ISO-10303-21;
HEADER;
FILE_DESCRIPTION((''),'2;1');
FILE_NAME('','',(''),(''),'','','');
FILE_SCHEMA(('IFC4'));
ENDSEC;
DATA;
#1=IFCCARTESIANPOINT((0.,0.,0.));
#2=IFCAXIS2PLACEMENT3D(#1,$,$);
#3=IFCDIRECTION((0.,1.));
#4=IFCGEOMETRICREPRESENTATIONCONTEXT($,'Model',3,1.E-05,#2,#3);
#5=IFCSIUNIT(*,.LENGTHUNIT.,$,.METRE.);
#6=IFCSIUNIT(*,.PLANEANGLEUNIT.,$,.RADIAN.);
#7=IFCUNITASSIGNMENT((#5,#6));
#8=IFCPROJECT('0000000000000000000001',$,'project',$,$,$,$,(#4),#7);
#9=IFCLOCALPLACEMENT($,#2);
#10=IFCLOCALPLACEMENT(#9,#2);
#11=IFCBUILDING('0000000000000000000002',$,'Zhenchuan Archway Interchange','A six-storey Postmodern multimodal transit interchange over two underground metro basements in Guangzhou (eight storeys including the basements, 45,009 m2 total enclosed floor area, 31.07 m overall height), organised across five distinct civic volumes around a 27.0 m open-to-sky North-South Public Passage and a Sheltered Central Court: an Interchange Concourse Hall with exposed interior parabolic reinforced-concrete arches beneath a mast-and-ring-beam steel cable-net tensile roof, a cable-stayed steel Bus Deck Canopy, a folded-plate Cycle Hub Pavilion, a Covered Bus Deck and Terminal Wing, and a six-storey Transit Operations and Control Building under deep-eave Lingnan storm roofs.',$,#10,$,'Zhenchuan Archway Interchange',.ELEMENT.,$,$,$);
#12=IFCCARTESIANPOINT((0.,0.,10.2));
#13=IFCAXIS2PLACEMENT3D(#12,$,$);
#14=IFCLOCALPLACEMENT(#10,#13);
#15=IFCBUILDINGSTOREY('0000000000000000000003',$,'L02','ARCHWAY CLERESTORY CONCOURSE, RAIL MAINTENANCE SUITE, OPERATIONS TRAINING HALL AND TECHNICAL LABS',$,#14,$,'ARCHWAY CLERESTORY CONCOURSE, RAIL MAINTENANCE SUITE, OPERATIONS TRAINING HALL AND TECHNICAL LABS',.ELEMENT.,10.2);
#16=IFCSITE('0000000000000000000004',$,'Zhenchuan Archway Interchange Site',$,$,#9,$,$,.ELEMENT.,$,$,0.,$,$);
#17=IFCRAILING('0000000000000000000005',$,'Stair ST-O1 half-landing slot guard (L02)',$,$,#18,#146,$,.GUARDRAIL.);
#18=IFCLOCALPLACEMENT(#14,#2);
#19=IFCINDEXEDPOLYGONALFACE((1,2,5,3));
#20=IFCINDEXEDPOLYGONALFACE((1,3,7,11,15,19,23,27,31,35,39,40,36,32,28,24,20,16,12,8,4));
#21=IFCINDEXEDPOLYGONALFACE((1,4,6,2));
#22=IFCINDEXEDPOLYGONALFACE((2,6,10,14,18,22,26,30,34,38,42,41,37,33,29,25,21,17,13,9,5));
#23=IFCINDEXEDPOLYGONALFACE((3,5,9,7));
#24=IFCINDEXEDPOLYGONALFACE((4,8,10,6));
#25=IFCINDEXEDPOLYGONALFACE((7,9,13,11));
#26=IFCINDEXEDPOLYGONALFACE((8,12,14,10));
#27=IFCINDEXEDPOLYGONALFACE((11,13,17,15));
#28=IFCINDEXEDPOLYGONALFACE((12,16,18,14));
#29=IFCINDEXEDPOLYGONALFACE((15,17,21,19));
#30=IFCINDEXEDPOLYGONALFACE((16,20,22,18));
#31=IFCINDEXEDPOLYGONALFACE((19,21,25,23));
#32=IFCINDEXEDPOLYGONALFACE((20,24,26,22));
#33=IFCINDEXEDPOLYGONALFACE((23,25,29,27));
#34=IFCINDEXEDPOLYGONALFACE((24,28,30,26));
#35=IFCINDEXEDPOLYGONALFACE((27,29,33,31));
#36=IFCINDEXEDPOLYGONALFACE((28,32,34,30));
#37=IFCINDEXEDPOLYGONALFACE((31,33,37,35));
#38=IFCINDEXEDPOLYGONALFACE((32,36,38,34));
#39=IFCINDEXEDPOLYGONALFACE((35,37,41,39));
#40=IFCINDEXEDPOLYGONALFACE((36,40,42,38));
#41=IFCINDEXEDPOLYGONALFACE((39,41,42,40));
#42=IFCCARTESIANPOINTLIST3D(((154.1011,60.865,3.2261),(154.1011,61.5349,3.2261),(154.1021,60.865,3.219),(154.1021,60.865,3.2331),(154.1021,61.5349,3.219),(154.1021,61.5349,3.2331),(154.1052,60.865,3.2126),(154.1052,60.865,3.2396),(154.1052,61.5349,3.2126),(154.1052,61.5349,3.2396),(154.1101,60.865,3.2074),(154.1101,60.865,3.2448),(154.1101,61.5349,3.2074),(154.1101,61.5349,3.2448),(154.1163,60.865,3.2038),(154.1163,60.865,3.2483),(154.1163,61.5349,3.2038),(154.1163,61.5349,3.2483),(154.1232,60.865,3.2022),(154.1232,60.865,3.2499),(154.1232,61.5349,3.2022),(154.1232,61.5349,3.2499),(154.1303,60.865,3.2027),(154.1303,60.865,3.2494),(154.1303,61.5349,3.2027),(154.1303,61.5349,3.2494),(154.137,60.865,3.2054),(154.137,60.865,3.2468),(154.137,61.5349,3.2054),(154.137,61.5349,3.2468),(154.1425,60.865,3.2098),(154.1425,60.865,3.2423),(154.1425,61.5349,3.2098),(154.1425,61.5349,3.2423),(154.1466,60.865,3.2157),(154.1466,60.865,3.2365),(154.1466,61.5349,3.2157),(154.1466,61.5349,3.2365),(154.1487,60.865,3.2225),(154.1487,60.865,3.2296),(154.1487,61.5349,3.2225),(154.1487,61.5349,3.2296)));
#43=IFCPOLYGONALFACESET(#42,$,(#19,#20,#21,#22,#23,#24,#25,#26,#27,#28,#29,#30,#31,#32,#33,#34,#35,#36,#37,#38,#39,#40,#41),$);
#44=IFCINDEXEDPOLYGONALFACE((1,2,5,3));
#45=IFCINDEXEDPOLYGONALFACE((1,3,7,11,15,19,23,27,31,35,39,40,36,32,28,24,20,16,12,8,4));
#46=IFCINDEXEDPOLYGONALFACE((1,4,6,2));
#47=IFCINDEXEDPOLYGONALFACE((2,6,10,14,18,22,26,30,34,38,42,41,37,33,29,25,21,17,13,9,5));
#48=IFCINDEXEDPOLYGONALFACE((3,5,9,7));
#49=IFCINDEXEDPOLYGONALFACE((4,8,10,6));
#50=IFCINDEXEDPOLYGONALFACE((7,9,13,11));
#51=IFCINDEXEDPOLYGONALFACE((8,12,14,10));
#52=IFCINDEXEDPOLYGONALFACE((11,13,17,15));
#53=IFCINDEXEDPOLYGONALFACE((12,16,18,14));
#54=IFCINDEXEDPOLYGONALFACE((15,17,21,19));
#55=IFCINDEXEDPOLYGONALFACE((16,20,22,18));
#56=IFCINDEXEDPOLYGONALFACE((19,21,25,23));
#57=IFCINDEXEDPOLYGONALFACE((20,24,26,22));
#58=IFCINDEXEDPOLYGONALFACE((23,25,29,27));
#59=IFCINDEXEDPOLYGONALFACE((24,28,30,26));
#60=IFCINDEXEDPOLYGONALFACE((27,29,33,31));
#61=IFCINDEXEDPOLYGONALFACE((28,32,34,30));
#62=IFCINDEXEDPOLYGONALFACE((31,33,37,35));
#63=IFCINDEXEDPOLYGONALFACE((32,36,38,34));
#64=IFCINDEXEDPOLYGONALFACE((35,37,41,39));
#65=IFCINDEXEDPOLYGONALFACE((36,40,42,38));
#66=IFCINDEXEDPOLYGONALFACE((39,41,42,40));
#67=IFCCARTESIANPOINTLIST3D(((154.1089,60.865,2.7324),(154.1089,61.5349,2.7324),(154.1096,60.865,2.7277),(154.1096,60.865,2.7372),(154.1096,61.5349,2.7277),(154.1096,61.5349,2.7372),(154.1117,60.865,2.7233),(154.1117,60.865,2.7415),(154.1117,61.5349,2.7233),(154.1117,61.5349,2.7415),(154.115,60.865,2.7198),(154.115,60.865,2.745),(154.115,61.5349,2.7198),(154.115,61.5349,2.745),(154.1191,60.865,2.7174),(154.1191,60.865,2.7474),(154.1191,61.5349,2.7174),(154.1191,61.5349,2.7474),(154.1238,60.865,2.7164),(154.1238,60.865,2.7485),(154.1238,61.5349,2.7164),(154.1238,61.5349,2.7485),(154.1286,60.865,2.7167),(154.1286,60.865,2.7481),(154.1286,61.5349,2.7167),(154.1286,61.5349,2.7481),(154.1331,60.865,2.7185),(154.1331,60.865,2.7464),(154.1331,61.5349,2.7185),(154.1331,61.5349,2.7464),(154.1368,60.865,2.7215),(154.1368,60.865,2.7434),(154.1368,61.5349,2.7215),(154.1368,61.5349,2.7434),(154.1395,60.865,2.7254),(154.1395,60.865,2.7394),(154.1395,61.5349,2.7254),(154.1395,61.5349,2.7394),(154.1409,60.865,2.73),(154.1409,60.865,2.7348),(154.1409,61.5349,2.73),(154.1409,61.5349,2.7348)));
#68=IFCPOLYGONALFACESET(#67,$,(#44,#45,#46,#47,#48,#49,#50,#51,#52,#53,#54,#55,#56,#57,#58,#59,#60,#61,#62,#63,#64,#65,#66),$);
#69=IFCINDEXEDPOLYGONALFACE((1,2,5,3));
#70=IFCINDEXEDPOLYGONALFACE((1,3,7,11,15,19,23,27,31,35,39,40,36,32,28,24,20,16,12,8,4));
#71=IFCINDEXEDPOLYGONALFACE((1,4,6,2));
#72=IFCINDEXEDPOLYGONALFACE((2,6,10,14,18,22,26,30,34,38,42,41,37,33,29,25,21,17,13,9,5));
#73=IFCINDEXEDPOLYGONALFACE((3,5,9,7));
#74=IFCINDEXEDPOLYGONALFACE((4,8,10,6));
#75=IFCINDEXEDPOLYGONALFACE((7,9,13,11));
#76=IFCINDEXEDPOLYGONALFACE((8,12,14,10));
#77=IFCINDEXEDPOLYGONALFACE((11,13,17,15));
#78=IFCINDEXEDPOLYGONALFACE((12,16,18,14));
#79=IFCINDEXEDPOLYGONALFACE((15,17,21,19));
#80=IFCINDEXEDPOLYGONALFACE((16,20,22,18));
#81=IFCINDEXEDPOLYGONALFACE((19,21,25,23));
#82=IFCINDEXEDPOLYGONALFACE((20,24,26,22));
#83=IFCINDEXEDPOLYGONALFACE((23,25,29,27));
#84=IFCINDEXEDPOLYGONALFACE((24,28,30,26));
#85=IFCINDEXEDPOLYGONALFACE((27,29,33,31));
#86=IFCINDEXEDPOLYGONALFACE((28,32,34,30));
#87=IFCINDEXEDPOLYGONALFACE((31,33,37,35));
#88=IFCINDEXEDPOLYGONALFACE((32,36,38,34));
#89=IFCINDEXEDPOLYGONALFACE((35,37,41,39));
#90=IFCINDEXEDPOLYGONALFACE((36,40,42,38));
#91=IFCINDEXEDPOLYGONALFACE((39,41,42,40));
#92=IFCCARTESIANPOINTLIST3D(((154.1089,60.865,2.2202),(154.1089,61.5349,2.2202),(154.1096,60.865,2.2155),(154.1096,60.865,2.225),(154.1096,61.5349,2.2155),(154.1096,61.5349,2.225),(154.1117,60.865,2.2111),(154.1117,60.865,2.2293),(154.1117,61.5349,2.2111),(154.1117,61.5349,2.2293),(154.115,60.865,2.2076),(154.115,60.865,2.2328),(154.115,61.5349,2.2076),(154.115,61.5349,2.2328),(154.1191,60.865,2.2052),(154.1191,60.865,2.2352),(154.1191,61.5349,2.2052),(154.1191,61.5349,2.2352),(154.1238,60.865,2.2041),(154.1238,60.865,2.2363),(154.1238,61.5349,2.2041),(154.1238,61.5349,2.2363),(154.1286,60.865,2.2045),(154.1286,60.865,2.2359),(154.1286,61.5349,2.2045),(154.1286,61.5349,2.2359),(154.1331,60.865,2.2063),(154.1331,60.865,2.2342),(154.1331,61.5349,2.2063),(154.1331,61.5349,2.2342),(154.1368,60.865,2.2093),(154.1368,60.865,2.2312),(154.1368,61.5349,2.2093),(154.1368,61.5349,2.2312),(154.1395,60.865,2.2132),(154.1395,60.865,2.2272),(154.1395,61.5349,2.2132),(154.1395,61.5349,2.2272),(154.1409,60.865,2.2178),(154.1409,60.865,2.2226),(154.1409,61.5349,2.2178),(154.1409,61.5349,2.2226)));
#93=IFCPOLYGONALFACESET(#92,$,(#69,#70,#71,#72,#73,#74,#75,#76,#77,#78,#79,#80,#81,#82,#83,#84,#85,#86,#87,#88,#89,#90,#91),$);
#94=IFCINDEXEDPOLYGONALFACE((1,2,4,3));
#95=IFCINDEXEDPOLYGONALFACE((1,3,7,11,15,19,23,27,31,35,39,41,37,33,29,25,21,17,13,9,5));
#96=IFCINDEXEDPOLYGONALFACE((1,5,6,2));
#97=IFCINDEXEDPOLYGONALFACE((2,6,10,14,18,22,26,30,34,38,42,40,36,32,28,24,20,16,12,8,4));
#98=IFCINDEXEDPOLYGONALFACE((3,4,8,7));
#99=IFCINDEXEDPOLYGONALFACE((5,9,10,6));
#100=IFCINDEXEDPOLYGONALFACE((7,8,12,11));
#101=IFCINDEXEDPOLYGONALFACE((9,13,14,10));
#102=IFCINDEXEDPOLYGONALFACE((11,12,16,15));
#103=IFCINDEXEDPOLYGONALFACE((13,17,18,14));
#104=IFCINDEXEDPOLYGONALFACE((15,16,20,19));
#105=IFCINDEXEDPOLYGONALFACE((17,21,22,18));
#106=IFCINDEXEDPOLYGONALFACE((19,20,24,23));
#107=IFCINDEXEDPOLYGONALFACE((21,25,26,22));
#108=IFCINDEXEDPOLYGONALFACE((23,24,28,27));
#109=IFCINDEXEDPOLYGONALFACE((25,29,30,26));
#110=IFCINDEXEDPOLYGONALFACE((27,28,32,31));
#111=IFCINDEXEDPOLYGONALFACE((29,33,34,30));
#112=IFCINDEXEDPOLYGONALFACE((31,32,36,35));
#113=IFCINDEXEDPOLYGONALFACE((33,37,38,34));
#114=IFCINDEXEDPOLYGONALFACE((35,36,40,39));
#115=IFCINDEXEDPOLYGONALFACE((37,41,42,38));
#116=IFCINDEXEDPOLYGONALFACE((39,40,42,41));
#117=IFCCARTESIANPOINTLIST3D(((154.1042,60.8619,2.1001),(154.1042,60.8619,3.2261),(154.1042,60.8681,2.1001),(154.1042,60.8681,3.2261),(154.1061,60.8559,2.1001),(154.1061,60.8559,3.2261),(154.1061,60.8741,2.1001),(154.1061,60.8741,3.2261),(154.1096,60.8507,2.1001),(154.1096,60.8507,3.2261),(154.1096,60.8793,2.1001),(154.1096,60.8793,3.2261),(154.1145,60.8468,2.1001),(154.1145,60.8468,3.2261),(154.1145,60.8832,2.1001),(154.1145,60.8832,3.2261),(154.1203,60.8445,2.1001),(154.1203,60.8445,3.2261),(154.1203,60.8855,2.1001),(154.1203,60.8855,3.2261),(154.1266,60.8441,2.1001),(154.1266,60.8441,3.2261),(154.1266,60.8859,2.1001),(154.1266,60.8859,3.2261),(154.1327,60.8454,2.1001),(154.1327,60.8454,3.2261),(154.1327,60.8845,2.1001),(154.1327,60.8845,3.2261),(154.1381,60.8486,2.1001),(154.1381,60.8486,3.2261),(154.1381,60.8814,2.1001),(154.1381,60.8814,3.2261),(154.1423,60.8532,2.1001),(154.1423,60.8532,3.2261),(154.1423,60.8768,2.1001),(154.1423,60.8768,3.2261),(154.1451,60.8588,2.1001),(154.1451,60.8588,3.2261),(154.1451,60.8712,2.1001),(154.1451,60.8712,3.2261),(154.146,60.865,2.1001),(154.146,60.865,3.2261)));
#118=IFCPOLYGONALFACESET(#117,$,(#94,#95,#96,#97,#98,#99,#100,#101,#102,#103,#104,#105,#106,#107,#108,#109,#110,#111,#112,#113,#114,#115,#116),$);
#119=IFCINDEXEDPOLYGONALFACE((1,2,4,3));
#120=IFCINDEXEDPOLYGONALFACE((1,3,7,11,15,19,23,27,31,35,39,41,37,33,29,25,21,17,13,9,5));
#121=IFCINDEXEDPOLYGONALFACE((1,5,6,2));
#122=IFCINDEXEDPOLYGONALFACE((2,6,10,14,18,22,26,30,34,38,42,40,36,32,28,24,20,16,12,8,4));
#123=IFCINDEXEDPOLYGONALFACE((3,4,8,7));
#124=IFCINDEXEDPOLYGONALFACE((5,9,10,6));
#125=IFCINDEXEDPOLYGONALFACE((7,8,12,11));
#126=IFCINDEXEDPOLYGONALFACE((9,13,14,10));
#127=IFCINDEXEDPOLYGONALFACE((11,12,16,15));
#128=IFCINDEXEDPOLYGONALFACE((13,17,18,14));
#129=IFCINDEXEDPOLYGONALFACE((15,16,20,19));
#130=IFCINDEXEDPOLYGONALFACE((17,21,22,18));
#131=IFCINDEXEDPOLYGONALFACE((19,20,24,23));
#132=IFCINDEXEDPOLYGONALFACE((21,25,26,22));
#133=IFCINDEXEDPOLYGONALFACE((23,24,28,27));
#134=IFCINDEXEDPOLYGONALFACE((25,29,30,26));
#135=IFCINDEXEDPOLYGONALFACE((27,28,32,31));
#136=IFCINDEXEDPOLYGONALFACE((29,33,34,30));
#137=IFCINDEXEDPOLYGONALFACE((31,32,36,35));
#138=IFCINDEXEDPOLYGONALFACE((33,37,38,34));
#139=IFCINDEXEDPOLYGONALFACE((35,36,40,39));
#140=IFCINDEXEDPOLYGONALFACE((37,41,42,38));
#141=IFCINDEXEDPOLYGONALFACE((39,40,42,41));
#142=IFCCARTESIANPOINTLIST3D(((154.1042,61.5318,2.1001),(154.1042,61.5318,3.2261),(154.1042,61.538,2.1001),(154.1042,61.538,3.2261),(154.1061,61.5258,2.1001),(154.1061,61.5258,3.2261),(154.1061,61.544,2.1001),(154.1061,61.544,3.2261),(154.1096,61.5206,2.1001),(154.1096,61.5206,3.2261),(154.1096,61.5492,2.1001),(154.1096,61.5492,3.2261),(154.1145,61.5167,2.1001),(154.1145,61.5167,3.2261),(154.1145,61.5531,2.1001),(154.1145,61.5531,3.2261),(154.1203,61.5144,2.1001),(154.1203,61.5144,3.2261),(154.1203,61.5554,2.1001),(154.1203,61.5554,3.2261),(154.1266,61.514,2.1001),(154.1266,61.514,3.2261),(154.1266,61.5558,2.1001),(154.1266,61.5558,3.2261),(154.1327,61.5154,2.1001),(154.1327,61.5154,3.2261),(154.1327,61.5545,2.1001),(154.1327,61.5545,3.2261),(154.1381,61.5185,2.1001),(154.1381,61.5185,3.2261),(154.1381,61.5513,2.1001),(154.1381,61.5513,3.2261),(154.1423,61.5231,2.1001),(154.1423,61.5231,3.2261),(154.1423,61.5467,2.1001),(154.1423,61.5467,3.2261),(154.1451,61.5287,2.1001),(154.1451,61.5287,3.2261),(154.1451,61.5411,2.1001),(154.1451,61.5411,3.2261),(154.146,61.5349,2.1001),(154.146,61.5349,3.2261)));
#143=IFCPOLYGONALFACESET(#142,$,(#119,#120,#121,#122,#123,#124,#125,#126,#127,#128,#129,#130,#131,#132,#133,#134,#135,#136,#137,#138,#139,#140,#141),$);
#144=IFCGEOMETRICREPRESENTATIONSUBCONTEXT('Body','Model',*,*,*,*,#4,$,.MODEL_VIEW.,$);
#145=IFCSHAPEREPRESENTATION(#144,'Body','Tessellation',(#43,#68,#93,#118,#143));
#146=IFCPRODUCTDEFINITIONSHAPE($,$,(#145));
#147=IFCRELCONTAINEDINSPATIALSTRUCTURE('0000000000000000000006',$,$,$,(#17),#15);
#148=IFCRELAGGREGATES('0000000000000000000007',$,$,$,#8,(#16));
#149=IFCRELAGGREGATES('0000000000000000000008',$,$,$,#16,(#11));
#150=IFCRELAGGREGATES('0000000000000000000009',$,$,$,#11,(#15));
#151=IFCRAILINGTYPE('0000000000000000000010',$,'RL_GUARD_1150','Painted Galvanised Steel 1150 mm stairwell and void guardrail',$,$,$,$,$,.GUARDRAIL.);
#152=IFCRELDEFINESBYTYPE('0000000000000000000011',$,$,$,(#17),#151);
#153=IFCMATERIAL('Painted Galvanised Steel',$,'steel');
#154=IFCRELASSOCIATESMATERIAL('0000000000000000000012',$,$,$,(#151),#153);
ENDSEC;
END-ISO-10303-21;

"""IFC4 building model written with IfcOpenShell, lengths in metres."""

from ifc_helpers import new_model, si_unit, direction, frame, origin, origin_2d, place, context, subcontext, project, spatial, circle, extrude, material, type_object, element, save


model = new_model("IFC4")

# Units and contexts
model_context = context("Model", 3, precision=1e-05, world=origin(), true_north=direction((0.0, 1.0)))
body_context = subcontext(model_context, "Body", "Model", "MODEL_VIEW")
ifc_project = project(units=[si_unit("LENGTHUNIT", "METRE"), si_unit("PLANEANGLEUNIT", "RADIAN")], contexts=[model_context])

# Site, building, storey
site_placement = place(None, origin())
site = spatial("IfcSite", under=ifc_project, at=site_placement, Name="Zhenchuan Archway Interchange Site", CompositionType="ELEMENT", RefElevation=0.0)
building_placement = place(site_placement, origin())
building = spatial("IfcBuilding", under=site, at=building_placement, Name="Zhenchuan Archway Interchange", Description="A six-storey Postmodern multimodal transit interchange over two underground metro basements in Guangzhou (eight storeys including the basements, 45,009 m2 total enclosed floor area, 31.07 m overall height), organised across five distinct civic volumes around a 27.0 m open-to-sky North-South Public Passage and a Sheltered Central Court: an Interchange Concourse Hall with exposed interior parabolic reinforced-concrete arches beneath a mast-and-ring-beam steel cable-net tensile roof, a cable-stayed steel Bus Deck Canopy, a folded-plate Cycle Hub Pavilion, a Covered Bus Deck and Terminal Wing, and a six-storey Transit Operations and Control Building under deep-eave Lingnan storm roofs.", LongName="Zhenchuan Archway Interchange", CompositionType="ELEMENT")
storey_placement = place(building_placement, frame((0.0, 0.0, 10.2)))
storey = spatial("IfcBuildingStorey", under=building, at=storey_placement, Name="L02", Description="ARCHWAY CLERESTORY CONCOURSE, RAIL MAINTENANCE SUITE, OPERATIONS TRAINING HALL AND TECHNICAL LABS", LongName="ARCHWAY CLERESTORY CONCOURSE, RAIL MAINTENANCE SUITE, OPERATIONS TRAINING HALL AND TECHNICAL LABS", CompositionType="ELEMENT", Elevation=10.2)

# Shared definitions
ifc_material_1 = material(Name="Painted Galvanised Steel", Category="steel")

# Railing
railing_type_1 = type_object("IfcRailingType", Name="RL_GUARD_1150", Description="Painted Galvanised Steel 1150 mm stairwell and void guardrail", PredefinedType="GUARDRAIL", material=ifc_material_1)
for number, where, name in (
    (1, (154.125, 60.865, 2.1001), "Stair ST-O1 half-landing slot guard (L02)"),
):
    element("IfcRailing", number, at=place(storey_placement, frame(where)), inside=storey, type_object=railing_type_1, Name=name, PredefinedType="GUARDRAIL", context=body_context, shape_type="SweptSolid", body=[
        extrude(circle(Radius=0.0239, at=origin_2d()), frame((0.0, 0.0, 1.126), z_axis=(0.0, 1.0, 0.0), x_axis=(-1.0, 0.0, 0.0)), (0.0, 0.0, 1.0), 0.6699),
        extrude(circle(Radius=0.0161, at=origin_2d()), frame((0.0, 0.0, 0.6323), z_axis=(0.0, 1.0, 0.0), x_axis=(-1.0, 0.0, 0.0)), (0.0, 0.0, 1.0), 0.6699),
        extrude(circle(Radius=0.0161, at=origin_2d()), frame((0.0, 0.0, 0.1201), z_axis=(0.0, 1.0, 0.0), x_axis=(-1.0, 0.0, 0.0)), (0.0, 0.0, 1.0), 0.6699),
        extrude(circle(Radius=0.021, at=origin_2d()), origin(), (0.0, 0.0, 1.0), 1.126),
        extrude(circle(Radius=0.021, at=origin_2d()), frame((0.0, 0.6699, 0.0)), (0.0, 0.0, 1.0), 1.126),
    ])

save(model, "model.ifc")
